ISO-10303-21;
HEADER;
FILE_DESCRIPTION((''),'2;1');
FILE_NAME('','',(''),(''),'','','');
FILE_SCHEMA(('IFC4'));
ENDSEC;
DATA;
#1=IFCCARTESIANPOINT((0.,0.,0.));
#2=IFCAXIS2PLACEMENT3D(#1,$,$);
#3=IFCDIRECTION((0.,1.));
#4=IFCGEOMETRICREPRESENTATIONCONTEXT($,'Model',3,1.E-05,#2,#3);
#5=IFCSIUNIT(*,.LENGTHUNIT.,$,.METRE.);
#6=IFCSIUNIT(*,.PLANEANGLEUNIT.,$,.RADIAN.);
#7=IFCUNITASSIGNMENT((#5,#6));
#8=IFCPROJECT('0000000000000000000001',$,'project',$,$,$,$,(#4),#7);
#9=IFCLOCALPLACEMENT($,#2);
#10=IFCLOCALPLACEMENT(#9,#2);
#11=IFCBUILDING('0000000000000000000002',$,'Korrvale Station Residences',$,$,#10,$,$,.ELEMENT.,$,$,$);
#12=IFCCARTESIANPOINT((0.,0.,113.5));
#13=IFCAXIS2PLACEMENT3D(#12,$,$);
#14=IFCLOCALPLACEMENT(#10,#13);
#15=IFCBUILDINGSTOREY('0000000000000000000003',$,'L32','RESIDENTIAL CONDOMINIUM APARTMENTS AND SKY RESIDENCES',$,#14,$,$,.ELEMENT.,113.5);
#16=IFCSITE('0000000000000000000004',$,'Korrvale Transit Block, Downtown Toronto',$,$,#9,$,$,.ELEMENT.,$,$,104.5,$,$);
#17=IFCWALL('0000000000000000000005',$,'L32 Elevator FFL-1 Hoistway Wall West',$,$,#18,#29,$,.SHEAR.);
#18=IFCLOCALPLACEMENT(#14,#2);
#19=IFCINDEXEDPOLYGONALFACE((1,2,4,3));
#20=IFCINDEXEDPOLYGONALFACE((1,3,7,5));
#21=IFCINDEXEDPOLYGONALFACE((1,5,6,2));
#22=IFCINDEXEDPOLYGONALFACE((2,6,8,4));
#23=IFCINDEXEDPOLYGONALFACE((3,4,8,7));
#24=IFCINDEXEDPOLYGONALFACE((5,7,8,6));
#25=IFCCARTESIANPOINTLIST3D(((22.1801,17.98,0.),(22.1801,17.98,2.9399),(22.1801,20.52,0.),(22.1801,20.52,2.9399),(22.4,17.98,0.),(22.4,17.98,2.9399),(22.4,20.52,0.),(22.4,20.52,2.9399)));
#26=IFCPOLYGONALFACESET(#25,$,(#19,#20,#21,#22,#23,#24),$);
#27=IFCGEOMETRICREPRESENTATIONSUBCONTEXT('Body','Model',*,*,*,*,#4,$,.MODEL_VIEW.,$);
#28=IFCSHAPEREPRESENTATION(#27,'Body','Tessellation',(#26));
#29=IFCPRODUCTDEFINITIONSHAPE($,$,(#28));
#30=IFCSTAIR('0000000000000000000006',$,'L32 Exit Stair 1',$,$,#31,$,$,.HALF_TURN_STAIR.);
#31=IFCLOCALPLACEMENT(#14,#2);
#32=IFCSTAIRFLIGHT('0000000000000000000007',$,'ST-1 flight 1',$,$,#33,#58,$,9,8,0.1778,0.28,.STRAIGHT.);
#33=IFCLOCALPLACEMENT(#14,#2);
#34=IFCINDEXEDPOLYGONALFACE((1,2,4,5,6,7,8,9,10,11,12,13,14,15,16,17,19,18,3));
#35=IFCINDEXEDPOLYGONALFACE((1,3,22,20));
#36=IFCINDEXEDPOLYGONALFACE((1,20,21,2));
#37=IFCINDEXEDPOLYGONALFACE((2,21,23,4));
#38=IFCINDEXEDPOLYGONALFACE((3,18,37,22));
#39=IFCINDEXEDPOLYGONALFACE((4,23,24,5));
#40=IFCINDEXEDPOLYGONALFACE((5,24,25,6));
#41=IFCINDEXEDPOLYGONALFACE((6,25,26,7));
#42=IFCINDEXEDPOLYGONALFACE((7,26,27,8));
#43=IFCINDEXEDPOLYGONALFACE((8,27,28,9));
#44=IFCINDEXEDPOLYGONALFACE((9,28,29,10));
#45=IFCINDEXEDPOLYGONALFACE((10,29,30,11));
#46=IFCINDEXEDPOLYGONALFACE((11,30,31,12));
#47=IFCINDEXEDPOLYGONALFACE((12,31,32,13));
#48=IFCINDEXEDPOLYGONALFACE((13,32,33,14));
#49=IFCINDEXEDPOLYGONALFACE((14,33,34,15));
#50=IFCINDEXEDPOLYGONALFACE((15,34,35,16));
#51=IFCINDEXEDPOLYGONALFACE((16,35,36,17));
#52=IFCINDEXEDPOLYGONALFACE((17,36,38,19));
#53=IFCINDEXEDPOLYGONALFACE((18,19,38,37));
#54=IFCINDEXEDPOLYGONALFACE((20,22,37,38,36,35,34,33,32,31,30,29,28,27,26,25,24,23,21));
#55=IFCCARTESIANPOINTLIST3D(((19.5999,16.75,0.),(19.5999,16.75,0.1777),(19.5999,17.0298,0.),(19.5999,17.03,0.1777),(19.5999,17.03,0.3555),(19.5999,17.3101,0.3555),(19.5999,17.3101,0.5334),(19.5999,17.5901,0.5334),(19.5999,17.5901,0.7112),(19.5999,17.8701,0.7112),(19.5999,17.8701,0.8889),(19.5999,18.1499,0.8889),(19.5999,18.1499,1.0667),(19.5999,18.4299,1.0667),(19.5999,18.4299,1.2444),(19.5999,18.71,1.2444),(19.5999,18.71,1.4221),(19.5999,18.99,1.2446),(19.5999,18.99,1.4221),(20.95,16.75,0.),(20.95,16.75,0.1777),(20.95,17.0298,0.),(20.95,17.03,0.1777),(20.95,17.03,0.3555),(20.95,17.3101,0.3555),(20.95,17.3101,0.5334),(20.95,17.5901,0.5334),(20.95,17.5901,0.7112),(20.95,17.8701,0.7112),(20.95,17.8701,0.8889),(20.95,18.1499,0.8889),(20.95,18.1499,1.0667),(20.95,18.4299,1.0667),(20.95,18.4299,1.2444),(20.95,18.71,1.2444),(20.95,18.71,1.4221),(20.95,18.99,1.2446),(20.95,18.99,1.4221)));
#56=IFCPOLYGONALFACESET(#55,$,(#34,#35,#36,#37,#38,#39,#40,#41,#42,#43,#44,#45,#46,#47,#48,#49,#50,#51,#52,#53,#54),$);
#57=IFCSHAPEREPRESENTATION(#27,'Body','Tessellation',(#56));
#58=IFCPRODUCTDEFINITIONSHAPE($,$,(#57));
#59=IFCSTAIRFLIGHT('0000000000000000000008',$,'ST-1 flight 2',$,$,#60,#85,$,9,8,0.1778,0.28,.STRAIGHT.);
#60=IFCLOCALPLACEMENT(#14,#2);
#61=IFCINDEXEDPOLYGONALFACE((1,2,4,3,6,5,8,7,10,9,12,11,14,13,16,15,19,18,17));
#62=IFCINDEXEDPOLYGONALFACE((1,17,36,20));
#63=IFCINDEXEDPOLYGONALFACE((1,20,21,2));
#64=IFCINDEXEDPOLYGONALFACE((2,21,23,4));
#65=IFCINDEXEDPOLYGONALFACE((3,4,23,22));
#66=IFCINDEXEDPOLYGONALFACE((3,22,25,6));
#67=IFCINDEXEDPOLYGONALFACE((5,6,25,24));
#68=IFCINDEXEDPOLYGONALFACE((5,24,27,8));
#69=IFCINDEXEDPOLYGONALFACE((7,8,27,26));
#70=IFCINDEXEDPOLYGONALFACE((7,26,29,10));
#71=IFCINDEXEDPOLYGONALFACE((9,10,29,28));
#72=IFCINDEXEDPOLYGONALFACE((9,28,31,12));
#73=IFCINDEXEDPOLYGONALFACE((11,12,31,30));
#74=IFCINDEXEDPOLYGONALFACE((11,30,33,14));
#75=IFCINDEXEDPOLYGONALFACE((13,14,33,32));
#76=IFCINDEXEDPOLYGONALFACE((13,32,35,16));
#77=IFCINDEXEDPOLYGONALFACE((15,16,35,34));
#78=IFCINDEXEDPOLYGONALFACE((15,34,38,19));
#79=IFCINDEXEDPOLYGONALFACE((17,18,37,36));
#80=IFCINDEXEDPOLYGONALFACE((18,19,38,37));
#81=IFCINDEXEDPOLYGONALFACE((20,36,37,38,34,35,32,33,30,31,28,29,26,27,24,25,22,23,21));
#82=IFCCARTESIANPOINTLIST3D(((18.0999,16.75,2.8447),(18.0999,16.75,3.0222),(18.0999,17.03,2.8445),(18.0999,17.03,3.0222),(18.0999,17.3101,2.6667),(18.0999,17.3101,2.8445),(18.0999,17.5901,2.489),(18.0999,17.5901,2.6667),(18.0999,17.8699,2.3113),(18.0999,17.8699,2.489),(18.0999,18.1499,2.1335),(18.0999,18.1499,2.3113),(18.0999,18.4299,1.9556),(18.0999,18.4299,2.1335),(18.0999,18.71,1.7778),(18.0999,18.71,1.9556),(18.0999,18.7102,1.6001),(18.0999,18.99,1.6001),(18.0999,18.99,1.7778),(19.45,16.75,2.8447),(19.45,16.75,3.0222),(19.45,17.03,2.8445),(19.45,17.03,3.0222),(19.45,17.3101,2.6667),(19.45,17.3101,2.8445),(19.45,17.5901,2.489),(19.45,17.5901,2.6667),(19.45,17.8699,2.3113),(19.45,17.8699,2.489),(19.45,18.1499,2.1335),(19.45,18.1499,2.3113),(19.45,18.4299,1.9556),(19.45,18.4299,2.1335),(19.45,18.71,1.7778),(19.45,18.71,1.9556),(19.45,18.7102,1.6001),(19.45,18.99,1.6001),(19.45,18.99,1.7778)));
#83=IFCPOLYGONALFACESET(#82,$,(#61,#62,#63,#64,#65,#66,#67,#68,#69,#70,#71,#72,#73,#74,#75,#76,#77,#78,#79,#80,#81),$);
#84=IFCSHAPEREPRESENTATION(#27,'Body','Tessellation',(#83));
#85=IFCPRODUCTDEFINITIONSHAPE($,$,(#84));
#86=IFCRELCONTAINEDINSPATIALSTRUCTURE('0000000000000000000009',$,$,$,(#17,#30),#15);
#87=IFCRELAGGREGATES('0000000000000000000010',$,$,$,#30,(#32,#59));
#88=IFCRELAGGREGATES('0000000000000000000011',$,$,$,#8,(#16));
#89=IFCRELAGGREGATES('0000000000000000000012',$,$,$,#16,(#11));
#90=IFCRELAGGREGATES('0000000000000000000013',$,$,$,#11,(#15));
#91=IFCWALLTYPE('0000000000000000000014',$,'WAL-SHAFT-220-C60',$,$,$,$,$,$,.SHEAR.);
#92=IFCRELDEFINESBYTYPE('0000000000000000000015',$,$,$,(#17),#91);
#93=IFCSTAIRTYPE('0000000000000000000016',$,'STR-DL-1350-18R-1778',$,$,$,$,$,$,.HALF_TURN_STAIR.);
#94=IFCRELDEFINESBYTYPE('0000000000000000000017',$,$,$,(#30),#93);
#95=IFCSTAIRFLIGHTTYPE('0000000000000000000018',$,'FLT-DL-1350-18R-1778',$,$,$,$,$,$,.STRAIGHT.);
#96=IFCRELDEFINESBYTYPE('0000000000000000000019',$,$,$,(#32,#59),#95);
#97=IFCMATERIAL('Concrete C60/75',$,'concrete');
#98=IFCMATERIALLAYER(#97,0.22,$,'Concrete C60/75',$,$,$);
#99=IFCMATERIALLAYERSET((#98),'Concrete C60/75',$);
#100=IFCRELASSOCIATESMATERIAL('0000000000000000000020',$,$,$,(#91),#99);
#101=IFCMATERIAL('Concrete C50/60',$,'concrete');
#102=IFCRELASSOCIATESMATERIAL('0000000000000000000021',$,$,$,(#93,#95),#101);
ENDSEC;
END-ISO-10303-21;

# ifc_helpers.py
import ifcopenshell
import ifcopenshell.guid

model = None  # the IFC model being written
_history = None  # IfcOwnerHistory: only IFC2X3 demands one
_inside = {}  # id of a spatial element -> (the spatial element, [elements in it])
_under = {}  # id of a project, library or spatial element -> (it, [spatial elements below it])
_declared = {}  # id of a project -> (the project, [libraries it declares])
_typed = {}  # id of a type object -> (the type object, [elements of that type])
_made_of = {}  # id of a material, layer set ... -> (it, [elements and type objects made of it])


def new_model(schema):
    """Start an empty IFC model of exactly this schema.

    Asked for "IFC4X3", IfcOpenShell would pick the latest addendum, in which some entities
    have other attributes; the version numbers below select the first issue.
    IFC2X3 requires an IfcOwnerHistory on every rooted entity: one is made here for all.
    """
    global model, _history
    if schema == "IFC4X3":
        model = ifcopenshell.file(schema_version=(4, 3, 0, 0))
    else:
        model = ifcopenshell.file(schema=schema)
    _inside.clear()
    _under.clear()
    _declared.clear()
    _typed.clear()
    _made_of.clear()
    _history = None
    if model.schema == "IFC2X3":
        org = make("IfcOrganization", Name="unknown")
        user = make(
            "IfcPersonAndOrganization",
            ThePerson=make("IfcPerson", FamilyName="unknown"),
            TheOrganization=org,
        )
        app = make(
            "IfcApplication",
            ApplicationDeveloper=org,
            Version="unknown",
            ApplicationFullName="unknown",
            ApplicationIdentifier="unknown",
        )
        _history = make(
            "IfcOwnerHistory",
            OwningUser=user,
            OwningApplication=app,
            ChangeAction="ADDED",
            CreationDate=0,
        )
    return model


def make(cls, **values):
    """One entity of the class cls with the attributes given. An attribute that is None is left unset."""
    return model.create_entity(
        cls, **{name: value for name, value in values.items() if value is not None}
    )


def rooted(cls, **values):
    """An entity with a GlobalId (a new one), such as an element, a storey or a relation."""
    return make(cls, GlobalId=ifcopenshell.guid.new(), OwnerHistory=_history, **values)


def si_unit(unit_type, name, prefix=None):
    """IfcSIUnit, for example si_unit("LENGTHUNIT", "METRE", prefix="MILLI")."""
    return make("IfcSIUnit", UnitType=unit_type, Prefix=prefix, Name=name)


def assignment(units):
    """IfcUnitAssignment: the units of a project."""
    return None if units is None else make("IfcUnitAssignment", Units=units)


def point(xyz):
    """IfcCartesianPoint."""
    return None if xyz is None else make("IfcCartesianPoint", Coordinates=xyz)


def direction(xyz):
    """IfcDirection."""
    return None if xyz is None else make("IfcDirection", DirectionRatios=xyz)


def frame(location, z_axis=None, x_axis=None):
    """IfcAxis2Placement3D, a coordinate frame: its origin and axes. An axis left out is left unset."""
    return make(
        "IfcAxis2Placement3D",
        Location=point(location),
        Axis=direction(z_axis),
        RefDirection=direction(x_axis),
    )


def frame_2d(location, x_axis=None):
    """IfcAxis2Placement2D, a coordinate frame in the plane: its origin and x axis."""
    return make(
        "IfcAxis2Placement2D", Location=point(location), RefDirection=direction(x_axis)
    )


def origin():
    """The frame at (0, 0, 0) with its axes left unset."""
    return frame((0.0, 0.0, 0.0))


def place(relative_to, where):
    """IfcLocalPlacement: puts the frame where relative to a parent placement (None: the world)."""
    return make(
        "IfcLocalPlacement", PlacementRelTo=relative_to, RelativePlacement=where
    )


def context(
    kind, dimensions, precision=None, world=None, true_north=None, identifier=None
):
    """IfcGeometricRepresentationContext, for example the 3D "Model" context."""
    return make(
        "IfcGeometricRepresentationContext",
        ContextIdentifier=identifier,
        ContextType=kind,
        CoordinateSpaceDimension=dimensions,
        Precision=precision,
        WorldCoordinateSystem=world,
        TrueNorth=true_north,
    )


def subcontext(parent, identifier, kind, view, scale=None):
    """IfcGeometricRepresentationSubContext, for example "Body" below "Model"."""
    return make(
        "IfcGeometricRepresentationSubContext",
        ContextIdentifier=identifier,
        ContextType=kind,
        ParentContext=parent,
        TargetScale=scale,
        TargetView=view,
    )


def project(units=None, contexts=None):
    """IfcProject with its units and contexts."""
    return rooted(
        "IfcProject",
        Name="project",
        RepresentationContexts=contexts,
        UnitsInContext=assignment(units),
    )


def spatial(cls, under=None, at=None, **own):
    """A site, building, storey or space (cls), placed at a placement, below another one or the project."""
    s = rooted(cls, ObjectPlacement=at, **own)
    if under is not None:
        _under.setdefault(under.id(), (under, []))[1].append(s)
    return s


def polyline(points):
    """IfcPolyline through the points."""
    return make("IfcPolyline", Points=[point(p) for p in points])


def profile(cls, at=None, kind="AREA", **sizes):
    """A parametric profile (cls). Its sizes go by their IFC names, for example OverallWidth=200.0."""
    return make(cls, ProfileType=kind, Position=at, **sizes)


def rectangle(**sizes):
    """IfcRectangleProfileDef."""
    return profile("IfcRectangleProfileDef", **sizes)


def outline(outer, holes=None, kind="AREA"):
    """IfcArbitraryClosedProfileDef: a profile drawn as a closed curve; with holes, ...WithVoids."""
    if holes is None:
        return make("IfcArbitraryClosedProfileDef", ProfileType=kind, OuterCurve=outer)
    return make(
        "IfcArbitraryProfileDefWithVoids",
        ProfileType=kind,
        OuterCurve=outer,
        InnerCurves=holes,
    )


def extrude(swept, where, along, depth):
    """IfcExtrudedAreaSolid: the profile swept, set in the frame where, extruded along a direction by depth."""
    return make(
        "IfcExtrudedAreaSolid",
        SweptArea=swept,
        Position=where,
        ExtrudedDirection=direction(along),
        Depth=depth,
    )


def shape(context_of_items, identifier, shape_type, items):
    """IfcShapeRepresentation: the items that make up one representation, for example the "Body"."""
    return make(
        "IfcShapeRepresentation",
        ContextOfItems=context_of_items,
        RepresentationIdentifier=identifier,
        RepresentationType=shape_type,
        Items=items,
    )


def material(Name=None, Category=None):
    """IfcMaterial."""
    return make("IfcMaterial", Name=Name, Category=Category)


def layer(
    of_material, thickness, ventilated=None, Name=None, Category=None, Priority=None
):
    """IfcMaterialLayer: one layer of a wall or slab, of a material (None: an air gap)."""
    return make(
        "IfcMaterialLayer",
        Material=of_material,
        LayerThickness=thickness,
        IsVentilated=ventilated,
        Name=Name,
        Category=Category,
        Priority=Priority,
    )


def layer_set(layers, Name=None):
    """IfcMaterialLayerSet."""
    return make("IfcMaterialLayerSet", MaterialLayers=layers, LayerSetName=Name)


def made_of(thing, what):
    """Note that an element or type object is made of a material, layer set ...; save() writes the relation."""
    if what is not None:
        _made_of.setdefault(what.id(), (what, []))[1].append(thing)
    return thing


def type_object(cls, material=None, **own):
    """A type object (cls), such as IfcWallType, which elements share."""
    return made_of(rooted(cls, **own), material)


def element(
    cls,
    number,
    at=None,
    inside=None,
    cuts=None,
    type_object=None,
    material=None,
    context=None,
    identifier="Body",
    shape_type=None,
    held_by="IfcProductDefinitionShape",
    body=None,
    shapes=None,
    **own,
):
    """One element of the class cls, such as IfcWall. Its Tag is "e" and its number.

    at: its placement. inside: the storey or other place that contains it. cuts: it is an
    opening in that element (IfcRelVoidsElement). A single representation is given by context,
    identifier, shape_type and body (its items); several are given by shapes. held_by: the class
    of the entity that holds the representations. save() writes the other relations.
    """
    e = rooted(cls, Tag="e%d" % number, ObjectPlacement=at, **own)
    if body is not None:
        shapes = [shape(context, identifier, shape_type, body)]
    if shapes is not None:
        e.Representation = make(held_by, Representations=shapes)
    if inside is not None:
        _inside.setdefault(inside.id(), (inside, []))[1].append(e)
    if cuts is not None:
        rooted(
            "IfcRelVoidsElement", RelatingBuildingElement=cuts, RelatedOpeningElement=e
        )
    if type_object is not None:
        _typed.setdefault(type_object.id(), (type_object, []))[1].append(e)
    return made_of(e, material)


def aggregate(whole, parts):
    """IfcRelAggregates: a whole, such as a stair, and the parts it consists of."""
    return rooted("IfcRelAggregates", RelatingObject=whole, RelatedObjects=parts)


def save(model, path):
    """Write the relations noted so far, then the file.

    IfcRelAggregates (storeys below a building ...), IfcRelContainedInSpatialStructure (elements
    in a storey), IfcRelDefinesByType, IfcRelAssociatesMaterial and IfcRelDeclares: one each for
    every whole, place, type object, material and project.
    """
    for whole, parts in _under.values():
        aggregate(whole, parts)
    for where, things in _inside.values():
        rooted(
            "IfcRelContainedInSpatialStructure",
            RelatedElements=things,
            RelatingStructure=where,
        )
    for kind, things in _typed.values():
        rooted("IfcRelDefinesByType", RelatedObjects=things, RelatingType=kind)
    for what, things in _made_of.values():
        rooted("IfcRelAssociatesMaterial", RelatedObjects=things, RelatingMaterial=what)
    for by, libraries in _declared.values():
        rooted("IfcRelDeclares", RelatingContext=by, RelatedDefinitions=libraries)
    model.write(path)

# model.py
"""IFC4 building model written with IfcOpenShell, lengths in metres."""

from ifc_helpers import new_model, si_unit, direction, frame, frame_2d, origin, place, context, subcontext, project, spatial, polyline, rectangle, outline, extrude, material, layer, layer_set, type_object, element, aggregate, save


model = new_model("IFC4")

# Units and contexts
model_context = context("Model", 3, precision=1e-05, world=origin(), true_north=direction((0.0, 1.0)))
body_context = subcontext(model_context, "Body", "Model", "MODEL_VIEW")
ifc_project = project(units=[si_unit("LENGTHUNIT", "METRE"), si_unit("PLANEANGLEUNIT", "RADIAN")], contexts=[model_context])

# Site, building, storey
site_placement = place(None, origin())
site = spatial("IfcSite", under=ifc_project, at=site_placement, Name="Korrvale Transit Block, Downtown Toronto", CompositionType="ELEMENT", RefElevation=104.5)
building_placement = place(site_placement, origin())
building = spatial("IfcBuilding", under=site, at=building_placement, Name="Korrvale Station Residences", CompositionType="ELEMENT")
storey_placement = place(building_placement, frame((0.0, 0.0, 113.5)))
storey = spatial("IfcBuildingStorey", under=building, at=storey_placement, Name="L32", Description="RESIDENTIAL CONDOMINIUM APARTMENTS AND SKY RESIDENCES", CompositionType="ELEMENT", Elevation=113.5)

# Shared definitions
ifc_material_1 = material(Name="Concrete C60/75", Category="concrete")

# Shared definitions
ifc_layer_1 = layer(ifc_material_1, 0.22, Name="Concrete C60/75")
ifc_layer_set_1 = layer_set([ifc_layer_1], Name="Concrete C60/75")
wall_type_1 = type_object("IfcWallType", Name="WAL-SHAFT-220-C60", PredefinedType="SHEAR", material=ifc_layer_set_1)

# Wall
wall_1_placement = place(storey_placement, frame((22.29, 17.98, 0.0), z_axis=(0.0, 0.0, 1.0), x_axis=(0.0, 1.0, 0.0)))
element("IfcWall", 1, at=wall_1_placement, inside=storey, type_object=wall_type_1, Name="L32 Elevator FFL-1 Hoistway Wall West", PredefinedType="SHEAR", context=body_context, shape_type="SweptSolid", body=[
    extrude(rectangle(XDim=2.54, YDim=0.22, at=frame_2d((1.27, 0.0))), origin(), (0.0, 0.0, 1.0), 2.9399),
])

# Stair, stair flights
ifc_material_2 = material(Name="Concrete C50/60", Category="concrete")
stair_type = type_object("IfcStairType", Name="STR-DL-1350-18R-1778", PredefinedType="HALF_TURN_STAIR", material=ifc_material_2)
stair_placement = place(storey_placement, origin())
stair = element("IfcStair", 2, at=stair_placement, inside=storey, type_object=stair_type, Name="L32 Exit Stair 1", PredefinedType="HALF_TURN_STAIR")
stair_flight_type = type_object("IfcStairFlightType", Name="FLT-DL-1350-18R-1778", PredefinedType="STRAIGHT", material=ifc_material_2)
stair_flight_1_placement = place(storey_placement, frame((20.2749, 16.75, 0.0), z_axis=(0.0, 0.0, 1.0), x_axis=(0.0, 1.0, 0.0)))
stair_flight_1 = element("IfcStairFlight", 3, at=stair_flight_1_placement, type_object=stair_flight_type, Name="ST-1 flight 1", NumberOfRisers=9, NumberOfTreads=8, PredefinedType="STRAIGHT", RiserHeight=0.1778, TreadLength=0.28, context=body_context, shape_type="SweptSolid", body=[
    extrude(outline(polyline([(0.0, 0.0), (0.0, 0.1777), (0.28, 0.1777), (0.28, 0.3555), (0.5601, 0.3555), (0.5601, 0.5334), (0.8401, 0.5334), (0.8401, 0.7112), (1.1201, 0.7112), (1.1201, 0.8889), (1.3999, 0.8889), (1.3999, 1.0667), (1.6799, 1.0667), (1.6799, 1.2444), (1.96, 1.2444), (1.96, 1.4221), (2.24, 1.4221), (2.24, 1.6001), (2.24, 1.2446), (0.2798, 0.0), (0.0, 0.0)])), frame((0.0, 0.675, 0.0), z_axis=(0.0, -1.0, 0.0), x_axis=(1.0, 0.0, 0.0)), (0.0, 0.0, 1.0), 1.3501),
])
stair_flight_2_placement = place(storey_placement, frame((18.7749, 18.99, 1.6001), z_axis=(0.0, 0.0, 1.0), x_axis=(0.0, -1.0, 0.0)))
stair_flight_2 = element("IfcStairFlight", 4, at=stair_flight_2_placement, type_object=stair_flight_type, Name="ST-1 flight 2", NumberOfRisers=9, NumberOfTreads=8, PredefinedType="STRAIGHT", RiserHeight=0.1778, TreadLength=0.28, context=body_context, shape_type="SweptSolid", body=[
    extrude(outline(polyline([(0.0, 0.0), (0.0, 0.1777), (0.28, 0.1777), (0.28, 0.3555), (0.5601, 0.3555), (0.5601, 0.5334), (0.8401, 0.5334), (0.8401, 0.7112), (1.1201, 0.7112), (1.1201, 0.8889), (1.3999, 0.8889), (1.3999, 1.0667), (1.6799, 1.0667), (1.6799, 1.2444), (1.96, 1.2444), (1.96, 1.4221), (2.24, 1.4221), (2.24, 1.6001), (2.24, 1.2446), (0.2798, 0.0), (0.0, 0.0)])), frame((0.0, 0.675, 0.0), z_axis=(0.0, -1.0, 0.0), x_axis=(1.0, 0.0, 0.0)), (0.0, 0.0, 1.0), 1.3501),
])
aggregate(stair, [stair_flight_1, stair_flight_2])

save(model, "model.ifc")
